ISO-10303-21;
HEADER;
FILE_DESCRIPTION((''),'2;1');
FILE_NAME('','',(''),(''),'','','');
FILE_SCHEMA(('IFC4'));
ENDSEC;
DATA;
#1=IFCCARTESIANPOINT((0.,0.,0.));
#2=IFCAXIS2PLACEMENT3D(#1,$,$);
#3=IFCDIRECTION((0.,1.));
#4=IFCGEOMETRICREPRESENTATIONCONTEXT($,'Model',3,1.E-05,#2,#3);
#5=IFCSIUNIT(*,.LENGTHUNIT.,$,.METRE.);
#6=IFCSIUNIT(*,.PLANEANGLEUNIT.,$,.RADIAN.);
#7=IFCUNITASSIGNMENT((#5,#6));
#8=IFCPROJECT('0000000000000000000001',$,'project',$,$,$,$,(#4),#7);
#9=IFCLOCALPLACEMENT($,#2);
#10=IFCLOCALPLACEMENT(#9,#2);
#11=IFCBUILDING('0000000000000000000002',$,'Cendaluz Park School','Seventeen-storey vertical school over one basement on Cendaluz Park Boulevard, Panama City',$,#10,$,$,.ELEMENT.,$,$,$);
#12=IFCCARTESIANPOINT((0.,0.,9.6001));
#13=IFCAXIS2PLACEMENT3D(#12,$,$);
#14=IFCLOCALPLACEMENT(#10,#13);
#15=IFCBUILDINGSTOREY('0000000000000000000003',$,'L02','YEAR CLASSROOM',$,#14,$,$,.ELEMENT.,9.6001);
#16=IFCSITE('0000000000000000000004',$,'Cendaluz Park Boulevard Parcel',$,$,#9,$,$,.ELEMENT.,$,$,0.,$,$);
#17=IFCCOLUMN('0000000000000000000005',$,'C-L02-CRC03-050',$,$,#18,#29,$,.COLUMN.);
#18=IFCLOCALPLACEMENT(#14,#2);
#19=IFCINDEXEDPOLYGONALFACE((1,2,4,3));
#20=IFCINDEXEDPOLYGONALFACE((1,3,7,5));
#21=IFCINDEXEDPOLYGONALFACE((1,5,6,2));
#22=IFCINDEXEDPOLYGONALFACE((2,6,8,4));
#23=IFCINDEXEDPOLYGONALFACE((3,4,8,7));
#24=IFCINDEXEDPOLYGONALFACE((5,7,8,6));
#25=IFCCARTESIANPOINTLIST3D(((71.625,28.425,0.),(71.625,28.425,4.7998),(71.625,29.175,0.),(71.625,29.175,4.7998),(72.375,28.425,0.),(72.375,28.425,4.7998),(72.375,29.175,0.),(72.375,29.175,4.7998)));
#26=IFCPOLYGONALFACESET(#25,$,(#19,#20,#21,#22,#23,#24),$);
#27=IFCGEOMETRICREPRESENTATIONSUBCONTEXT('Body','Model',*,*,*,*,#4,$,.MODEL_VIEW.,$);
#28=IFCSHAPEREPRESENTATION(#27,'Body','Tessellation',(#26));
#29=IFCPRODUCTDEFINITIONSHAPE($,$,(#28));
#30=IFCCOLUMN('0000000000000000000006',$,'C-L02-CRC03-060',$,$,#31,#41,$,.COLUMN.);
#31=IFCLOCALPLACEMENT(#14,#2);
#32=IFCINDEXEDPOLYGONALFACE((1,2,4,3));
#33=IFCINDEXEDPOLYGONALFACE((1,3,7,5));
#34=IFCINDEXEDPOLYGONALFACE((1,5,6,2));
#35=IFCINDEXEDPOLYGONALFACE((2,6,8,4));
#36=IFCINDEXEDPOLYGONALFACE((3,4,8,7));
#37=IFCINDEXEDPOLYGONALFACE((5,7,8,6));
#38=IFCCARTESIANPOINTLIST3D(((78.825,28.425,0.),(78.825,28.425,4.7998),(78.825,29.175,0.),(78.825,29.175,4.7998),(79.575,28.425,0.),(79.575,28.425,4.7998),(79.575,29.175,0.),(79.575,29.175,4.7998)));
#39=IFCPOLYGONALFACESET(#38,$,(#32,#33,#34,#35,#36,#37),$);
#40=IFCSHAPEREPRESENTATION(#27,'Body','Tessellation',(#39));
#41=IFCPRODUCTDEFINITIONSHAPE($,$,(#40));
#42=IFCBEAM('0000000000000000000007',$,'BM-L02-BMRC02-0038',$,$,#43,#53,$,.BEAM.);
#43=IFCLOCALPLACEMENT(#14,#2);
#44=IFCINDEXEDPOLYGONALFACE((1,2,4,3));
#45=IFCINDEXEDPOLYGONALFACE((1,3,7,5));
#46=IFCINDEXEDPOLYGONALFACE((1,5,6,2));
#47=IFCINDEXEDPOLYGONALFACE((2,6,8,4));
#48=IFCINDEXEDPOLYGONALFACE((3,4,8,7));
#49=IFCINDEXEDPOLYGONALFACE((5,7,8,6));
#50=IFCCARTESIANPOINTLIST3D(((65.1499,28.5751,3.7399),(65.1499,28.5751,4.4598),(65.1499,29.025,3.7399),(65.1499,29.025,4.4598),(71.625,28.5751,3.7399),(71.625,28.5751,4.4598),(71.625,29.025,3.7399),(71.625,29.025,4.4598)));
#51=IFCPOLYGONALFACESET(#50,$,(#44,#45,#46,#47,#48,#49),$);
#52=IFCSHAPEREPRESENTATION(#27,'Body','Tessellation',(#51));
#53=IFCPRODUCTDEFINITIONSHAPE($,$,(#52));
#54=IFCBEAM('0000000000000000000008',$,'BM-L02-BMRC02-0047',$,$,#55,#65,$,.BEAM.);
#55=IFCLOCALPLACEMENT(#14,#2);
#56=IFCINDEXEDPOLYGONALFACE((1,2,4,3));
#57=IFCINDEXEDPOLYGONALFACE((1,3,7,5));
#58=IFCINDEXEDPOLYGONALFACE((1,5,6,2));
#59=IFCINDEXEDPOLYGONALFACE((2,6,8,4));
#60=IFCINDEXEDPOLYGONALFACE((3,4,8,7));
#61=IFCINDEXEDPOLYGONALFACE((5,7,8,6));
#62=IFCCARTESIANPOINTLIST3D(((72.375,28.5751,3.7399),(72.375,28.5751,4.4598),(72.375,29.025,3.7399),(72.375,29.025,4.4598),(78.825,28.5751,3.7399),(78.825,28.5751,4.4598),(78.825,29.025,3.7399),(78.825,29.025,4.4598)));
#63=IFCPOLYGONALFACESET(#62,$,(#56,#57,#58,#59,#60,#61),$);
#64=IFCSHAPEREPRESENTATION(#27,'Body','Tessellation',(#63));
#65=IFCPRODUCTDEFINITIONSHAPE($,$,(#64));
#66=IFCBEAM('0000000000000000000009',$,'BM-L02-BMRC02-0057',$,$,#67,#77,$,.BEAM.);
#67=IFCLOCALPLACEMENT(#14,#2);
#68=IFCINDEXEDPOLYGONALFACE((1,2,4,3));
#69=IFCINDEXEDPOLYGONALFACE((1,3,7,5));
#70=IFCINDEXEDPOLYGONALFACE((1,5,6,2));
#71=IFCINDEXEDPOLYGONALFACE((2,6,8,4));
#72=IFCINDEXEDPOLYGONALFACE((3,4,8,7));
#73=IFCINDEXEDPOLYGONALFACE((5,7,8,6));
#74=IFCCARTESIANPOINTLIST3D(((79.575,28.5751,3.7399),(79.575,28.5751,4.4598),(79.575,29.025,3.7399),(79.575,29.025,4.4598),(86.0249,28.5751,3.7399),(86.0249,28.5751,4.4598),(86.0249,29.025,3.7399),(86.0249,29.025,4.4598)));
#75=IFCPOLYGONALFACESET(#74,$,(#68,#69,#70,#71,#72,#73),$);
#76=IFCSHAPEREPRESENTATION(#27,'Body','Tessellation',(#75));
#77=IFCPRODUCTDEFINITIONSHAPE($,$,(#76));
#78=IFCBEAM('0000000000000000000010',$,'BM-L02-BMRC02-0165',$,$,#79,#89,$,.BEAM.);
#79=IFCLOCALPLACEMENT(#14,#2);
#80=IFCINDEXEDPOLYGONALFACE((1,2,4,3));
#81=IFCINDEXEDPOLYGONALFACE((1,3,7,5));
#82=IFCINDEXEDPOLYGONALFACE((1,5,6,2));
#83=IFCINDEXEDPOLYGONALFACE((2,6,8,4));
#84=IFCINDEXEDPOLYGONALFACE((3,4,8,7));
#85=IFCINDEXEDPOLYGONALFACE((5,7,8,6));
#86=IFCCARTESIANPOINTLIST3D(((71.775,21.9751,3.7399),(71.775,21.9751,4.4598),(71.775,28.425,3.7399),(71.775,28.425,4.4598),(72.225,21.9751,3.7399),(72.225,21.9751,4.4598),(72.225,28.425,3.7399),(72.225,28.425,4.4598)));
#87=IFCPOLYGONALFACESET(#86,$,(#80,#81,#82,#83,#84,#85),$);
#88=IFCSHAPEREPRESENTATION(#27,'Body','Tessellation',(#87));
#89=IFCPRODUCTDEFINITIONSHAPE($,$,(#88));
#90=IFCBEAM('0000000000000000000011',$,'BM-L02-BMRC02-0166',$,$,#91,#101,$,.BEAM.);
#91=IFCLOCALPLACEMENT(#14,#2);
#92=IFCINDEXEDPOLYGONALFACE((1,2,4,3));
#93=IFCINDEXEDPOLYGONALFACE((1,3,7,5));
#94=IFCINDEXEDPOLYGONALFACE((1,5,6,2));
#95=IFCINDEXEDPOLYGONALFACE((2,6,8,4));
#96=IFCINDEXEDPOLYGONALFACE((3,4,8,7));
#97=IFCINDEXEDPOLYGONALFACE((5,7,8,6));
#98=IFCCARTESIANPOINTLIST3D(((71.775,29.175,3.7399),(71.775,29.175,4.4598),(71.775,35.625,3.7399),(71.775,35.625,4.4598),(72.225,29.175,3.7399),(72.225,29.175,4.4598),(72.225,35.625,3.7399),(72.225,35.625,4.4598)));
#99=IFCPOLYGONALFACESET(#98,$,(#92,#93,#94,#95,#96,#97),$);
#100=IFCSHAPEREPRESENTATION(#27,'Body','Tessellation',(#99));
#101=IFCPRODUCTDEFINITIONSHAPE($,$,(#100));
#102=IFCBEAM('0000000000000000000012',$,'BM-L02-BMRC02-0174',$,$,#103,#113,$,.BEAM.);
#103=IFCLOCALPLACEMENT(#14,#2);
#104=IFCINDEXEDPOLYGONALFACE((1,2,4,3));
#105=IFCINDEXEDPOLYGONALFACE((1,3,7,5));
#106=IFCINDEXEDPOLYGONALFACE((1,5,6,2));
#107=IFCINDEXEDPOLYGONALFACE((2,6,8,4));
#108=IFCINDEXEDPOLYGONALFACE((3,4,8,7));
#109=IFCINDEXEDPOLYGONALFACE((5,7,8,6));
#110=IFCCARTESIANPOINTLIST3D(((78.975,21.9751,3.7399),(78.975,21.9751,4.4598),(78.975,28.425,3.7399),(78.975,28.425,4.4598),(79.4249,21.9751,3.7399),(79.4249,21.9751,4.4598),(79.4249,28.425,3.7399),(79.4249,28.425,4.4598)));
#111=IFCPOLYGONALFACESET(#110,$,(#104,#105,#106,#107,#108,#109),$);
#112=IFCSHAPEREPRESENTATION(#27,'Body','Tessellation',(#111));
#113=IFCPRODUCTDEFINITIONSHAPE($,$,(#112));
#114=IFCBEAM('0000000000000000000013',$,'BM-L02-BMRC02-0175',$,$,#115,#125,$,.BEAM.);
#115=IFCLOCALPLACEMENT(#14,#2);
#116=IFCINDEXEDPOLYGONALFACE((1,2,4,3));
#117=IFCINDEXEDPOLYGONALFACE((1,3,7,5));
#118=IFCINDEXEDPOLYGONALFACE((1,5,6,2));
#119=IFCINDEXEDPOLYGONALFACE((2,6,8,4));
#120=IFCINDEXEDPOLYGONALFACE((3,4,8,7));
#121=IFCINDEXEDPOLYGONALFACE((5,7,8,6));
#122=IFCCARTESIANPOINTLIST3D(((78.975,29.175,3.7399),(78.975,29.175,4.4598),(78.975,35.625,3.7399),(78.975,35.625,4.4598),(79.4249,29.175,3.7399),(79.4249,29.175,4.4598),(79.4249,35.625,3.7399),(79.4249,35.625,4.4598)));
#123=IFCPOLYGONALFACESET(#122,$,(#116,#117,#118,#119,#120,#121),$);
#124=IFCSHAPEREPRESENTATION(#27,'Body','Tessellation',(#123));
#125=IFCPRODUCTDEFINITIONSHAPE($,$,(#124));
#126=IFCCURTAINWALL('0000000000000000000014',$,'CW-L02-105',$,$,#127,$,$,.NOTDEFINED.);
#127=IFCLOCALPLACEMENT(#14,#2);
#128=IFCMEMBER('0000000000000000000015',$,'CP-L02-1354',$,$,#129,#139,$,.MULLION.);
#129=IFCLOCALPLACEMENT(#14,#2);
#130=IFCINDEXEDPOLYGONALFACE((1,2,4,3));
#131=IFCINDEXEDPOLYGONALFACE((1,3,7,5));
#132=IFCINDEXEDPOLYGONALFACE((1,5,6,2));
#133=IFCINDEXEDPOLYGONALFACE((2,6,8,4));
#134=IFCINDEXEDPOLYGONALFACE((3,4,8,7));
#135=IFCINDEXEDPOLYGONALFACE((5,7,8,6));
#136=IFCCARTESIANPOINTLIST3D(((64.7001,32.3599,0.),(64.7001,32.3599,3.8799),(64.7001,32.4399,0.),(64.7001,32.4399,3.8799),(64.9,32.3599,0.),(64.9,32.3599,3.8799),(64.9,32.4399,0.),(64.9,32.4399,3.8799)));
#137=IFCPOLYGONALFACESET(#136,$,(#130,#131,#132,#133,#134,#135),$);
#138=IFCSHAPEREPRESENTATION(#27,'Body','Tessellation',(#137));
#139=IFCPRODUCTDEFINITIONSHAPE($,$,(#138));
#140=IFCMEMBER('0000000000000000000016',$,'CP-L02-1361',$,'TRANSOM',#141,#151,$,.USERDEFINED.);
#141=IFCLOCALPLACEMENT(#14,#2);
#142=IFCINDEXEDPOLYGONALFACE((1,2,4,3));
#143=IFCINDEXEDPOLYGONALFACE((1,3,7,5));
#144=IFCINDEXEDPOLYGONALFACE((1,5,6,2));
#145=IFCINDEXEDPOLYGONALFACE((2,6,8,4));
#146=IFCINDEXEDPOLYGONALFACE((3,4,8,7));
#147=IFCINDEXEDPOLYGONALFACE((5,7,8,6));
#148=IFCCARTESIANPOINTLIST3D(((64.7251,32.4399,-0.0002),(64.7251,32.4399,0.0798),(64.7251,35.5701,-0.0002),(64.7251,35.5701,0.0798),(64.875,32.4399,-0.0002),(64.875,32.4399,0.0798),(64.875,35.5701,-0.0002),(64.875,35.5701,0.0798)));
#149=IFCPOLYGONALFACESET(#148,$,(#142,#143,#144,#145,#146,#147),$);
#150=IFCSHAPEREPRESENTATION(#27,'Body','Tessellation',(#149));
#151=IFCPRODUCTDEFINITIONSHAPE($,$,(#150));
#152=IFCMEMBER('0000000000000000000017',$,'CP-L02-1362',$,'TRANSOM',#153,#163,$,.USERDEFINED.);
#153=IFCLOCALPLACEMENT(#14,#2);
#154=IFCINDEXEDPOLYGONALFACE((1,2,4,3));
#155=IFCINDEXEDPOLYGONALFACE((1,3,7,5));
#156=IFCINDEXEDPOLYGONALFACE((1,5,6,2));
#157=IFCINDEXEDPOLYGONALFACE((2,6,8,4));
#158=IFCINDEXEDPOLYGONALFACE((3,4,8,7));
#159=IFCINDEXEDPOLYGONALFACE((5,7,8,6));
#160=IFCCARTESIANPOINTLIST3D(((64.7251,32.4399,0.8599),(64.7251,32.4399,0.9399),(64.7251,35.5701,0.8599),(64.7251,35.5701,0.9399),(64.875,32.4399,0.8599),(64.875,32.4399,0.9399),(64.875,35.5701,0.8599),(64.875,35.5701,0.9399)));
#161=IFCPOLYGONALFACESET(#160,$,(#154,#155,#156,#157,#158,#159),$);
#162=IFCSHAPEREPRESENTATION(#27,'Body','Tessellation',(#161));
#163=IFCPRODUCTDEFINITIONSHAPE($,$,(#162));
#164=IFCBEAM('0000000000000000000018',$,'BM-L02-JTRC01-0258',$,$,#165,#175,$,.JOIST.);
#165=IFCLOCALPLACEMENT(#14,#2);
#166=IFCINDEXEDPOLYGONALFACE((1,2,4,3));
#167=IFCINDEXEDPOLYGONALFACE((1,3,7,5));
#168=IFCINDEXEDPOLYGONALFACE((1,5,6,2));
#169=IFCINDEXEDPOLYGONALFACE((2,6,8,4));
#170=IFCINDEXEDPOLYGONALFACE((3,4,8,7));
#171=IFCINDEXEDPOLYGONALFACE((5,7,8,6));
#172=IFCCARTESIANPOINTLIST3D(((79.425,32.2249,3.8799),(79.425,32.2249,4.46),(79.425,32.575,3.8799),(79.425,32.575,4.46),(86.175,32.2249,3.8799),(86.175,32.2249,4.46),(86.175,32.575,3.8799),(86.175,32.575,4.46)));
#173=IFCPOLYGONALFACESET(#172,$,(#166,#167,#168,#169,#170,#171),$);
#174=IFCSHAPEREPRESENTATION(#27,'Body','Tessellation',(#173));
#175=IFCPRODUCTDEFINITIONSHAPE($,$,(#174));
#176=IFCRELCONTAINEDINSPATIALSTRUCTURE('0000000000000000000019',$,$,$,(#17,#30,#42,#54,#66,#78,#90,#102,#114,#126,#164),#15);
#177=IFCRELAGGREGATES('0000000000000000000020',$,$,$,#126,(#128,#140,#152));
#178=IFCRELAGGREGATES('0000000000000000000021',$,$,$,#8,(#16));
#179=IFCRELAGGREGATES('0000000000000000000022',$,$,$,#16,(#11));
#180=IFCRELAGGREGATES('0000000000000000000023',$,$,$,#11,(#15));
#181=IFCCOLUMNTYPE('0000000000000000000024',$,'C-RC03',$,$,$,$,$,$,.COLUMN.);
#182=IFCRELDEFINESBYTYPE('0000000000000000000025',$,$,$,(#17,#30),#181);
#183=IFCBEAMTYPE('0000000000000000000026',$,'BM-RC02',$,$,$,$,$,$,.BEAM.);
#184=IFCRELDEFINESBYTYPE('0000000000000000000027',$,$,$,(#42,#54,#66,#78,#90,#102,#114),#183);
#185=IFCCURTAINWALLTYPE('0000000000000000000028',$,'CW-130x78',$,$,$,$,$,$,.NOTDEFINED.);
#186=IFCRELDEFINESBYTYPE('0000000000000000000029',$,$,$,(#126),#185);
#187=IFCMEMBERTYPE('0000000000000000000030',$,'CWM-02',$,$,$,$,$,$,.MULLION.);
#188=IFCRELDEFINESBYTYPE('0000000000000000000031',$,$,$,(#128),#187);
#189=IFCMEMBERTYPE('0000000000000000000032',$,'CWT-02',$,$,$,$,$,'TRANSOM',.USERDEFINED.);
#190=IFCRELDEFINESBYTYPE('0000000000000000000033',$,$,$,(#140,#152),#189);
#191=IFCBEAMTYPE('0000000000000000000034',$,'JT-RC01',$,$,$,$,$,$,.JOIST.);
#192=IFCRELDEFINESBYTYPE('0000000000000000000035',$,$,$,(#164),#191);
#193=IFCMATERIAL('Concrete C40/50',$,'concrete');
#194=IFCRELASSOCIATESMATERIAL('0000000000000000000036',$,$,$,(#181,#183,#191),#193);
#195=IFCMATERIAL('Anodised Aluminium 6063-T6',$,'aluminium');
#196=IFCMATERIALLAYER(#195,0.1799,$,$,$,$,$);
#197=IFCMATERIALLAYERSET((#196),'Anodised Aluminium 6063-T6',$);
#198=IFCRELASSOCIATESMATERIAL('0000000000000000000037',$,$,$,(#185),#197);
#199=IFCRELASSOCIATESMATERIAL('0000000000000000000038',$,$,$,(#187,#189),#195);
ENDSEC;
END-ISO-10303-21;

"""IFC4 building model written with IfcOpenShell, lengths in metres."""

from ifc_helpers import new_model, si_unit, direction, frame, origin, origin_2d, place, context, subcontext, project, spatial, rectangle, extrude, material, layer, layer_set, material_profile, profile_set, type_object, element, aggregate, save


model = new_model("IFC4")

# Units and contexts
model_context = context("Model", 3, precision=1e-05, world=origin(), true_north=direction((0.0, 1.0)))
body_context = subcontext(model_context, "Body", "Model", "MODEL_VIEW")
ifc_project = project(units=[si_unit("LENGTHUNIT", "METRE"), si_unit("PLANEANGLEUNIT", "RADIAN")], contexts=[model_context])

# Site, building, storey
site_placement = place(None, origin())
site = spatial("IfcSite", under=ifc_project, at=site_placement, Name="Cendaluz Park Boulevard Parcel", CompositionType="ELEMENT", RefElevation=0.0)
building_placement = place(site_placement, origin())
building = spatial("IfcBuilding", under=site, at=building_placement, Name="Cendaluz Park School", Description="Seventeen-storey vertical school over one basement on Cendaluz Park Boulevard, Panama City", CompositionType="ELEMENT")
storey_placement = place(building_placement, frame((0.0, 0.0, 9.6001)))
storey = spatial("IfcBuildingStorey", under=building, at=storey_placement, Name="L02", Description="YEAR CLASSROOM", CompositionType="ELEMENT", Elevation=9.6001)

# Columns
ifc_material_1 = material(Name="Concrete C40/50", Category="concrete")
ifc_material_profile_1 = material_profile(ifc_material_1, rectangle(XDim=0.75, YDim=0.75, at=origin_2d()), Name="RC 750x750", Category="concrete")
ifc_profile_set_1 = profile_set([ifc_material_profile_1], Name="Concrete C40/50")
column_type = type_object("IfcColumnType", Name="C-RC03", PredefinedType="COLUMN", material=ifc_profile_set_1)
for number, where, z_axis, x_axis, name in (
    (1, (72.0, 28.8, 0.0), (0.0, 0.0, 1.0), (1.0, 0.0, 0.0), "C-L02-CRC03-050"),
    (2, (79.2, 28.8, 0.0), (0.0, 0.0, 1.0), (1.0, 0.0, 0.0), "C-L02-CRC03-060"),
):
    element("IfcColumn", number, at=place(storey_placement, frame(where, z_axis=z_axis, x_axis=x_axis)), inside=storey, type_object=column_type, Name=name, PredefinedType="COLUMN", context=body_context, shape_type="SweptSolid", body=[
        extrude(rectangle(XDim=0.75, YDim=0.75, at=origin_2d()), origin(), (0.0, 0.0, 1.0), 4.7998),
    ])

# Beams
ifc_material_profile_2 = material_profile(ifc_material_1, rectangle(XDim=0.45, YDim=0.72, at=origin_2d()), Name="RC 450x720", Category="concrete")
ifc_profile_set_2 = profile_set([ifc_material_profile_2], Name="Concrete C40/50")
beam_type_1 = type_object("IfcBeamType", Name="BM-RC02", PredefinedType="BEAM", material=ifc_profile_set_2)
beam_1_placement = place(storey_placement, frame((65.1499, 28.8, 4.0999), z_axis=(1.0, 0.0, 0.0), x_axis=(0.0, 1.0, 0.0)))
element("IfcBeam", 3, at=beam_1_placement, inside=storey, type_object=beam_type_1, Name="BM-L02-BMRC02-0038", PredefinedType="BEAM", context=body_context, shape_type="SweptSolid", body=[
    extrude(rectangle(XDim=0.45, YDim=0.72, at=origin_2d()), origin(), (0.0, 0.0, 1.0), 6.4751),
])
for number, where, z_axis, x_axis, name in (
    (4, (72.375, 28.8, 4.0999), (1.0, 0.0, 0.0), (0.0, 1.0, 0.0), "BM-L02-BMRC02-0047"),
    (5, (79.575, 28.8, 4.0999), (1.0, 0.0, 0.0), (0.0, 1.0, 0.0), "BM-L02-BMRC02-0057"),
    (6, (72.0, 21.9751, 4.0999), (0.0, 1.0, 0.0), (-1.0, 0.0, 0.0), "BM-L02-BMRC02-0165"),
    (7, (72.0, 29.175, 4.0999), (0.0, 1.0, 0.0), (-1.0, 0.0, 0.0), "BM-L02-BMRC02-0166"),
    (8, (79.2, 21.9751, 4.0999), (0.0, 1.0, 0.0), (-1.0, 0.0, 0.0), "BM-L02-BMRC02-0174"),
    (9, (79.2, 29.175, 4.0999), (0.0, 1.0, 0.0), (-1.0, 0.0, 0.0), "BM-L02-BMRC02-0175"),
):
    element("IfcBeam", number, at=place(storey_placement, frame(where, z_axis=z_axis, x_axis=x_axis)), inside=storey, type_object=beam_type_1, Name=name, PredefinedType="BEAM", context=body_context, shape_type="SweptSolid", body=[
        extrude(rectangle(XDim=0.45, YDim=0.72, at=origin_2d()), origin(), (0.0, 0.0, 1.0), 6.45),
    ])

# Curtain wall, members
ifc_material_2 = material(Name="Anodised Aluminium 6063-T6", Category="aluminium")
ifc_layer_1 = layer(ifc_material_2, 0.1799)
ifc_layer_set_1 = layer_set([ifc_layer_1], Name="Anodised Aluminium 6063-T6")
curtain_wall_type = type_object("IfcCurtainWallType", Name="CW-130x78", PredefinedType="NOTDEFINED", material=ifc_layer_set_1)
curtain_wall_placement = place(storey_placement, origin())
curtain_wall = element("IfcCurtainWall", 10, at=curtain_wall_placement, inside=storey, type_object=curtain_wall_type, Name="CW-L02-105", PredefinedType="NOTDEFINED")
ifc_material_profile_3 = material_profile(ifc_material_2, rectangle(XDim=0.2, YDim=0.0801, at=origin_2d()), Name="CWM 200x80", Category="aluminium")
ifc_profile_set_3 = profile_set([ifc_material_profile_3], Name="Anodised Aluminium 6063-T6")
member_type_1 = type_object("IfcMemberType", Name="CWM-02", PredefinedType="MULLION", material=ifc_profile_set_3)
member_1_placement = place(storey_placement, frame((64.8, 32.3999, 0.0), z_axis=(0.0, 0.0, 1.0), x_axis=(-1.0, 0.0, 0.0)))
member_1 = element("IfcMember", 11, at=member_1_placement, type_object=member_type_1, Name="CP-L02-1354", PredefinedType="MULLION", context=body_context, shape_type="SweptSolid", body=[
    extrude(rectangle(XDim=0.2, YDim=0.0801, at=origin_2d()), origin(), (0.0, 0.0, 1.0), 3.8799),
])
ifc_material_profile_4 = material_profile(ifc_material_2, rectangle(XDim=0.1499, YDim=0.0801, at=origin_2d()), Name="CWT 150x80", Category="aluminium")
ifc_profile_set_4 = profile_set([ifc_material_profile_4], Name="Anodised Aluminium 6063-T6")
member_type_2 = type_object("IfcMemberType", Name="CWT-02", ElementType="TRANSOM", PredefinedType="USERDEFINED", material=ifc_profile_set_4)
member_2_placement = place(storey_placement, frame((64.8, 32.4399, 0.0398), z_axis=(0.0, 1.0, 0.0), x_axis=(-1.0, 0.0, 0.0)))
member_2 = element("IfcMember", 12, at=member_2_placement, type_object=member_type_2, Name="CP-L02-1361", ObjectType="TRANSOM", PredefinedType="USERDEFINED", context=body_context, shape_type="SweptSolid", body=[
    extrude(rectangle(XDim=0.1499, YDim=0.0801, at=origin_2d()), origin(), (0.0, 0.0, 1.0), 3.1301),
])
member_3_placement = place(storey_placement, frame((64.8, 32.4399, 0.8999), z_axis=(0.0, 1.0, 0.0), x_axis=(-1.0, 0.0, 0.0)))
member_3 = element("IfcMember", 13, at=member_3_placement, type_object=member_type_2, Name="CP-L02-1362", ObjectType="TRANSOM", PredefinedType="USERDEFINED", context=body_context, shape_type="SweptSolid", body=[
    extrude(rectangle(XDim=0.1499, YDim=0.0801, at=origin_2d()), origin(), (0.0, 0.0, 1.0), 3.1301),
])
aggregate(curtain_wall, [member_1, member_2, member_3])

# Beam
ifc_material_profile_5 = material_profile(ifc_material_1, rectangle(XDim=0.3501, YDim=0.5801, at=origin_2d()), Name="RC 350x580", Category="concrete")
ifc_profile_set_5 = profile_set([ifc_material_profile_5], Name="Concrete C40/50")
beam_type_2 = type_object("IfcBeamType", Name="JT-RC01", PredefinedType="JOIST", material=ifc_profile_set_5)
beam_2_placement = place(storey_placement, frame((79.425, 32.3999, 4.1699), z_axis=(1.0, 0.0, 0.0), x_axis=(0.0, 1.0, 0.0)))
element("IfcBeam", 14, at=beam_2_placement, inside=storey, type_object=beam_type_2, Name="BM-L02-JTRC01-0258", PredefinedType="JOIST", context=body_context, shape_type="SweptSolid", body=[
    extrude(rectangle(XDim=0.3501, YDim=0.5801, at=origin_2d()), origin(), (0.0, 0.0, 1.0), 6.75),
])

save(model, "model.ifc")
